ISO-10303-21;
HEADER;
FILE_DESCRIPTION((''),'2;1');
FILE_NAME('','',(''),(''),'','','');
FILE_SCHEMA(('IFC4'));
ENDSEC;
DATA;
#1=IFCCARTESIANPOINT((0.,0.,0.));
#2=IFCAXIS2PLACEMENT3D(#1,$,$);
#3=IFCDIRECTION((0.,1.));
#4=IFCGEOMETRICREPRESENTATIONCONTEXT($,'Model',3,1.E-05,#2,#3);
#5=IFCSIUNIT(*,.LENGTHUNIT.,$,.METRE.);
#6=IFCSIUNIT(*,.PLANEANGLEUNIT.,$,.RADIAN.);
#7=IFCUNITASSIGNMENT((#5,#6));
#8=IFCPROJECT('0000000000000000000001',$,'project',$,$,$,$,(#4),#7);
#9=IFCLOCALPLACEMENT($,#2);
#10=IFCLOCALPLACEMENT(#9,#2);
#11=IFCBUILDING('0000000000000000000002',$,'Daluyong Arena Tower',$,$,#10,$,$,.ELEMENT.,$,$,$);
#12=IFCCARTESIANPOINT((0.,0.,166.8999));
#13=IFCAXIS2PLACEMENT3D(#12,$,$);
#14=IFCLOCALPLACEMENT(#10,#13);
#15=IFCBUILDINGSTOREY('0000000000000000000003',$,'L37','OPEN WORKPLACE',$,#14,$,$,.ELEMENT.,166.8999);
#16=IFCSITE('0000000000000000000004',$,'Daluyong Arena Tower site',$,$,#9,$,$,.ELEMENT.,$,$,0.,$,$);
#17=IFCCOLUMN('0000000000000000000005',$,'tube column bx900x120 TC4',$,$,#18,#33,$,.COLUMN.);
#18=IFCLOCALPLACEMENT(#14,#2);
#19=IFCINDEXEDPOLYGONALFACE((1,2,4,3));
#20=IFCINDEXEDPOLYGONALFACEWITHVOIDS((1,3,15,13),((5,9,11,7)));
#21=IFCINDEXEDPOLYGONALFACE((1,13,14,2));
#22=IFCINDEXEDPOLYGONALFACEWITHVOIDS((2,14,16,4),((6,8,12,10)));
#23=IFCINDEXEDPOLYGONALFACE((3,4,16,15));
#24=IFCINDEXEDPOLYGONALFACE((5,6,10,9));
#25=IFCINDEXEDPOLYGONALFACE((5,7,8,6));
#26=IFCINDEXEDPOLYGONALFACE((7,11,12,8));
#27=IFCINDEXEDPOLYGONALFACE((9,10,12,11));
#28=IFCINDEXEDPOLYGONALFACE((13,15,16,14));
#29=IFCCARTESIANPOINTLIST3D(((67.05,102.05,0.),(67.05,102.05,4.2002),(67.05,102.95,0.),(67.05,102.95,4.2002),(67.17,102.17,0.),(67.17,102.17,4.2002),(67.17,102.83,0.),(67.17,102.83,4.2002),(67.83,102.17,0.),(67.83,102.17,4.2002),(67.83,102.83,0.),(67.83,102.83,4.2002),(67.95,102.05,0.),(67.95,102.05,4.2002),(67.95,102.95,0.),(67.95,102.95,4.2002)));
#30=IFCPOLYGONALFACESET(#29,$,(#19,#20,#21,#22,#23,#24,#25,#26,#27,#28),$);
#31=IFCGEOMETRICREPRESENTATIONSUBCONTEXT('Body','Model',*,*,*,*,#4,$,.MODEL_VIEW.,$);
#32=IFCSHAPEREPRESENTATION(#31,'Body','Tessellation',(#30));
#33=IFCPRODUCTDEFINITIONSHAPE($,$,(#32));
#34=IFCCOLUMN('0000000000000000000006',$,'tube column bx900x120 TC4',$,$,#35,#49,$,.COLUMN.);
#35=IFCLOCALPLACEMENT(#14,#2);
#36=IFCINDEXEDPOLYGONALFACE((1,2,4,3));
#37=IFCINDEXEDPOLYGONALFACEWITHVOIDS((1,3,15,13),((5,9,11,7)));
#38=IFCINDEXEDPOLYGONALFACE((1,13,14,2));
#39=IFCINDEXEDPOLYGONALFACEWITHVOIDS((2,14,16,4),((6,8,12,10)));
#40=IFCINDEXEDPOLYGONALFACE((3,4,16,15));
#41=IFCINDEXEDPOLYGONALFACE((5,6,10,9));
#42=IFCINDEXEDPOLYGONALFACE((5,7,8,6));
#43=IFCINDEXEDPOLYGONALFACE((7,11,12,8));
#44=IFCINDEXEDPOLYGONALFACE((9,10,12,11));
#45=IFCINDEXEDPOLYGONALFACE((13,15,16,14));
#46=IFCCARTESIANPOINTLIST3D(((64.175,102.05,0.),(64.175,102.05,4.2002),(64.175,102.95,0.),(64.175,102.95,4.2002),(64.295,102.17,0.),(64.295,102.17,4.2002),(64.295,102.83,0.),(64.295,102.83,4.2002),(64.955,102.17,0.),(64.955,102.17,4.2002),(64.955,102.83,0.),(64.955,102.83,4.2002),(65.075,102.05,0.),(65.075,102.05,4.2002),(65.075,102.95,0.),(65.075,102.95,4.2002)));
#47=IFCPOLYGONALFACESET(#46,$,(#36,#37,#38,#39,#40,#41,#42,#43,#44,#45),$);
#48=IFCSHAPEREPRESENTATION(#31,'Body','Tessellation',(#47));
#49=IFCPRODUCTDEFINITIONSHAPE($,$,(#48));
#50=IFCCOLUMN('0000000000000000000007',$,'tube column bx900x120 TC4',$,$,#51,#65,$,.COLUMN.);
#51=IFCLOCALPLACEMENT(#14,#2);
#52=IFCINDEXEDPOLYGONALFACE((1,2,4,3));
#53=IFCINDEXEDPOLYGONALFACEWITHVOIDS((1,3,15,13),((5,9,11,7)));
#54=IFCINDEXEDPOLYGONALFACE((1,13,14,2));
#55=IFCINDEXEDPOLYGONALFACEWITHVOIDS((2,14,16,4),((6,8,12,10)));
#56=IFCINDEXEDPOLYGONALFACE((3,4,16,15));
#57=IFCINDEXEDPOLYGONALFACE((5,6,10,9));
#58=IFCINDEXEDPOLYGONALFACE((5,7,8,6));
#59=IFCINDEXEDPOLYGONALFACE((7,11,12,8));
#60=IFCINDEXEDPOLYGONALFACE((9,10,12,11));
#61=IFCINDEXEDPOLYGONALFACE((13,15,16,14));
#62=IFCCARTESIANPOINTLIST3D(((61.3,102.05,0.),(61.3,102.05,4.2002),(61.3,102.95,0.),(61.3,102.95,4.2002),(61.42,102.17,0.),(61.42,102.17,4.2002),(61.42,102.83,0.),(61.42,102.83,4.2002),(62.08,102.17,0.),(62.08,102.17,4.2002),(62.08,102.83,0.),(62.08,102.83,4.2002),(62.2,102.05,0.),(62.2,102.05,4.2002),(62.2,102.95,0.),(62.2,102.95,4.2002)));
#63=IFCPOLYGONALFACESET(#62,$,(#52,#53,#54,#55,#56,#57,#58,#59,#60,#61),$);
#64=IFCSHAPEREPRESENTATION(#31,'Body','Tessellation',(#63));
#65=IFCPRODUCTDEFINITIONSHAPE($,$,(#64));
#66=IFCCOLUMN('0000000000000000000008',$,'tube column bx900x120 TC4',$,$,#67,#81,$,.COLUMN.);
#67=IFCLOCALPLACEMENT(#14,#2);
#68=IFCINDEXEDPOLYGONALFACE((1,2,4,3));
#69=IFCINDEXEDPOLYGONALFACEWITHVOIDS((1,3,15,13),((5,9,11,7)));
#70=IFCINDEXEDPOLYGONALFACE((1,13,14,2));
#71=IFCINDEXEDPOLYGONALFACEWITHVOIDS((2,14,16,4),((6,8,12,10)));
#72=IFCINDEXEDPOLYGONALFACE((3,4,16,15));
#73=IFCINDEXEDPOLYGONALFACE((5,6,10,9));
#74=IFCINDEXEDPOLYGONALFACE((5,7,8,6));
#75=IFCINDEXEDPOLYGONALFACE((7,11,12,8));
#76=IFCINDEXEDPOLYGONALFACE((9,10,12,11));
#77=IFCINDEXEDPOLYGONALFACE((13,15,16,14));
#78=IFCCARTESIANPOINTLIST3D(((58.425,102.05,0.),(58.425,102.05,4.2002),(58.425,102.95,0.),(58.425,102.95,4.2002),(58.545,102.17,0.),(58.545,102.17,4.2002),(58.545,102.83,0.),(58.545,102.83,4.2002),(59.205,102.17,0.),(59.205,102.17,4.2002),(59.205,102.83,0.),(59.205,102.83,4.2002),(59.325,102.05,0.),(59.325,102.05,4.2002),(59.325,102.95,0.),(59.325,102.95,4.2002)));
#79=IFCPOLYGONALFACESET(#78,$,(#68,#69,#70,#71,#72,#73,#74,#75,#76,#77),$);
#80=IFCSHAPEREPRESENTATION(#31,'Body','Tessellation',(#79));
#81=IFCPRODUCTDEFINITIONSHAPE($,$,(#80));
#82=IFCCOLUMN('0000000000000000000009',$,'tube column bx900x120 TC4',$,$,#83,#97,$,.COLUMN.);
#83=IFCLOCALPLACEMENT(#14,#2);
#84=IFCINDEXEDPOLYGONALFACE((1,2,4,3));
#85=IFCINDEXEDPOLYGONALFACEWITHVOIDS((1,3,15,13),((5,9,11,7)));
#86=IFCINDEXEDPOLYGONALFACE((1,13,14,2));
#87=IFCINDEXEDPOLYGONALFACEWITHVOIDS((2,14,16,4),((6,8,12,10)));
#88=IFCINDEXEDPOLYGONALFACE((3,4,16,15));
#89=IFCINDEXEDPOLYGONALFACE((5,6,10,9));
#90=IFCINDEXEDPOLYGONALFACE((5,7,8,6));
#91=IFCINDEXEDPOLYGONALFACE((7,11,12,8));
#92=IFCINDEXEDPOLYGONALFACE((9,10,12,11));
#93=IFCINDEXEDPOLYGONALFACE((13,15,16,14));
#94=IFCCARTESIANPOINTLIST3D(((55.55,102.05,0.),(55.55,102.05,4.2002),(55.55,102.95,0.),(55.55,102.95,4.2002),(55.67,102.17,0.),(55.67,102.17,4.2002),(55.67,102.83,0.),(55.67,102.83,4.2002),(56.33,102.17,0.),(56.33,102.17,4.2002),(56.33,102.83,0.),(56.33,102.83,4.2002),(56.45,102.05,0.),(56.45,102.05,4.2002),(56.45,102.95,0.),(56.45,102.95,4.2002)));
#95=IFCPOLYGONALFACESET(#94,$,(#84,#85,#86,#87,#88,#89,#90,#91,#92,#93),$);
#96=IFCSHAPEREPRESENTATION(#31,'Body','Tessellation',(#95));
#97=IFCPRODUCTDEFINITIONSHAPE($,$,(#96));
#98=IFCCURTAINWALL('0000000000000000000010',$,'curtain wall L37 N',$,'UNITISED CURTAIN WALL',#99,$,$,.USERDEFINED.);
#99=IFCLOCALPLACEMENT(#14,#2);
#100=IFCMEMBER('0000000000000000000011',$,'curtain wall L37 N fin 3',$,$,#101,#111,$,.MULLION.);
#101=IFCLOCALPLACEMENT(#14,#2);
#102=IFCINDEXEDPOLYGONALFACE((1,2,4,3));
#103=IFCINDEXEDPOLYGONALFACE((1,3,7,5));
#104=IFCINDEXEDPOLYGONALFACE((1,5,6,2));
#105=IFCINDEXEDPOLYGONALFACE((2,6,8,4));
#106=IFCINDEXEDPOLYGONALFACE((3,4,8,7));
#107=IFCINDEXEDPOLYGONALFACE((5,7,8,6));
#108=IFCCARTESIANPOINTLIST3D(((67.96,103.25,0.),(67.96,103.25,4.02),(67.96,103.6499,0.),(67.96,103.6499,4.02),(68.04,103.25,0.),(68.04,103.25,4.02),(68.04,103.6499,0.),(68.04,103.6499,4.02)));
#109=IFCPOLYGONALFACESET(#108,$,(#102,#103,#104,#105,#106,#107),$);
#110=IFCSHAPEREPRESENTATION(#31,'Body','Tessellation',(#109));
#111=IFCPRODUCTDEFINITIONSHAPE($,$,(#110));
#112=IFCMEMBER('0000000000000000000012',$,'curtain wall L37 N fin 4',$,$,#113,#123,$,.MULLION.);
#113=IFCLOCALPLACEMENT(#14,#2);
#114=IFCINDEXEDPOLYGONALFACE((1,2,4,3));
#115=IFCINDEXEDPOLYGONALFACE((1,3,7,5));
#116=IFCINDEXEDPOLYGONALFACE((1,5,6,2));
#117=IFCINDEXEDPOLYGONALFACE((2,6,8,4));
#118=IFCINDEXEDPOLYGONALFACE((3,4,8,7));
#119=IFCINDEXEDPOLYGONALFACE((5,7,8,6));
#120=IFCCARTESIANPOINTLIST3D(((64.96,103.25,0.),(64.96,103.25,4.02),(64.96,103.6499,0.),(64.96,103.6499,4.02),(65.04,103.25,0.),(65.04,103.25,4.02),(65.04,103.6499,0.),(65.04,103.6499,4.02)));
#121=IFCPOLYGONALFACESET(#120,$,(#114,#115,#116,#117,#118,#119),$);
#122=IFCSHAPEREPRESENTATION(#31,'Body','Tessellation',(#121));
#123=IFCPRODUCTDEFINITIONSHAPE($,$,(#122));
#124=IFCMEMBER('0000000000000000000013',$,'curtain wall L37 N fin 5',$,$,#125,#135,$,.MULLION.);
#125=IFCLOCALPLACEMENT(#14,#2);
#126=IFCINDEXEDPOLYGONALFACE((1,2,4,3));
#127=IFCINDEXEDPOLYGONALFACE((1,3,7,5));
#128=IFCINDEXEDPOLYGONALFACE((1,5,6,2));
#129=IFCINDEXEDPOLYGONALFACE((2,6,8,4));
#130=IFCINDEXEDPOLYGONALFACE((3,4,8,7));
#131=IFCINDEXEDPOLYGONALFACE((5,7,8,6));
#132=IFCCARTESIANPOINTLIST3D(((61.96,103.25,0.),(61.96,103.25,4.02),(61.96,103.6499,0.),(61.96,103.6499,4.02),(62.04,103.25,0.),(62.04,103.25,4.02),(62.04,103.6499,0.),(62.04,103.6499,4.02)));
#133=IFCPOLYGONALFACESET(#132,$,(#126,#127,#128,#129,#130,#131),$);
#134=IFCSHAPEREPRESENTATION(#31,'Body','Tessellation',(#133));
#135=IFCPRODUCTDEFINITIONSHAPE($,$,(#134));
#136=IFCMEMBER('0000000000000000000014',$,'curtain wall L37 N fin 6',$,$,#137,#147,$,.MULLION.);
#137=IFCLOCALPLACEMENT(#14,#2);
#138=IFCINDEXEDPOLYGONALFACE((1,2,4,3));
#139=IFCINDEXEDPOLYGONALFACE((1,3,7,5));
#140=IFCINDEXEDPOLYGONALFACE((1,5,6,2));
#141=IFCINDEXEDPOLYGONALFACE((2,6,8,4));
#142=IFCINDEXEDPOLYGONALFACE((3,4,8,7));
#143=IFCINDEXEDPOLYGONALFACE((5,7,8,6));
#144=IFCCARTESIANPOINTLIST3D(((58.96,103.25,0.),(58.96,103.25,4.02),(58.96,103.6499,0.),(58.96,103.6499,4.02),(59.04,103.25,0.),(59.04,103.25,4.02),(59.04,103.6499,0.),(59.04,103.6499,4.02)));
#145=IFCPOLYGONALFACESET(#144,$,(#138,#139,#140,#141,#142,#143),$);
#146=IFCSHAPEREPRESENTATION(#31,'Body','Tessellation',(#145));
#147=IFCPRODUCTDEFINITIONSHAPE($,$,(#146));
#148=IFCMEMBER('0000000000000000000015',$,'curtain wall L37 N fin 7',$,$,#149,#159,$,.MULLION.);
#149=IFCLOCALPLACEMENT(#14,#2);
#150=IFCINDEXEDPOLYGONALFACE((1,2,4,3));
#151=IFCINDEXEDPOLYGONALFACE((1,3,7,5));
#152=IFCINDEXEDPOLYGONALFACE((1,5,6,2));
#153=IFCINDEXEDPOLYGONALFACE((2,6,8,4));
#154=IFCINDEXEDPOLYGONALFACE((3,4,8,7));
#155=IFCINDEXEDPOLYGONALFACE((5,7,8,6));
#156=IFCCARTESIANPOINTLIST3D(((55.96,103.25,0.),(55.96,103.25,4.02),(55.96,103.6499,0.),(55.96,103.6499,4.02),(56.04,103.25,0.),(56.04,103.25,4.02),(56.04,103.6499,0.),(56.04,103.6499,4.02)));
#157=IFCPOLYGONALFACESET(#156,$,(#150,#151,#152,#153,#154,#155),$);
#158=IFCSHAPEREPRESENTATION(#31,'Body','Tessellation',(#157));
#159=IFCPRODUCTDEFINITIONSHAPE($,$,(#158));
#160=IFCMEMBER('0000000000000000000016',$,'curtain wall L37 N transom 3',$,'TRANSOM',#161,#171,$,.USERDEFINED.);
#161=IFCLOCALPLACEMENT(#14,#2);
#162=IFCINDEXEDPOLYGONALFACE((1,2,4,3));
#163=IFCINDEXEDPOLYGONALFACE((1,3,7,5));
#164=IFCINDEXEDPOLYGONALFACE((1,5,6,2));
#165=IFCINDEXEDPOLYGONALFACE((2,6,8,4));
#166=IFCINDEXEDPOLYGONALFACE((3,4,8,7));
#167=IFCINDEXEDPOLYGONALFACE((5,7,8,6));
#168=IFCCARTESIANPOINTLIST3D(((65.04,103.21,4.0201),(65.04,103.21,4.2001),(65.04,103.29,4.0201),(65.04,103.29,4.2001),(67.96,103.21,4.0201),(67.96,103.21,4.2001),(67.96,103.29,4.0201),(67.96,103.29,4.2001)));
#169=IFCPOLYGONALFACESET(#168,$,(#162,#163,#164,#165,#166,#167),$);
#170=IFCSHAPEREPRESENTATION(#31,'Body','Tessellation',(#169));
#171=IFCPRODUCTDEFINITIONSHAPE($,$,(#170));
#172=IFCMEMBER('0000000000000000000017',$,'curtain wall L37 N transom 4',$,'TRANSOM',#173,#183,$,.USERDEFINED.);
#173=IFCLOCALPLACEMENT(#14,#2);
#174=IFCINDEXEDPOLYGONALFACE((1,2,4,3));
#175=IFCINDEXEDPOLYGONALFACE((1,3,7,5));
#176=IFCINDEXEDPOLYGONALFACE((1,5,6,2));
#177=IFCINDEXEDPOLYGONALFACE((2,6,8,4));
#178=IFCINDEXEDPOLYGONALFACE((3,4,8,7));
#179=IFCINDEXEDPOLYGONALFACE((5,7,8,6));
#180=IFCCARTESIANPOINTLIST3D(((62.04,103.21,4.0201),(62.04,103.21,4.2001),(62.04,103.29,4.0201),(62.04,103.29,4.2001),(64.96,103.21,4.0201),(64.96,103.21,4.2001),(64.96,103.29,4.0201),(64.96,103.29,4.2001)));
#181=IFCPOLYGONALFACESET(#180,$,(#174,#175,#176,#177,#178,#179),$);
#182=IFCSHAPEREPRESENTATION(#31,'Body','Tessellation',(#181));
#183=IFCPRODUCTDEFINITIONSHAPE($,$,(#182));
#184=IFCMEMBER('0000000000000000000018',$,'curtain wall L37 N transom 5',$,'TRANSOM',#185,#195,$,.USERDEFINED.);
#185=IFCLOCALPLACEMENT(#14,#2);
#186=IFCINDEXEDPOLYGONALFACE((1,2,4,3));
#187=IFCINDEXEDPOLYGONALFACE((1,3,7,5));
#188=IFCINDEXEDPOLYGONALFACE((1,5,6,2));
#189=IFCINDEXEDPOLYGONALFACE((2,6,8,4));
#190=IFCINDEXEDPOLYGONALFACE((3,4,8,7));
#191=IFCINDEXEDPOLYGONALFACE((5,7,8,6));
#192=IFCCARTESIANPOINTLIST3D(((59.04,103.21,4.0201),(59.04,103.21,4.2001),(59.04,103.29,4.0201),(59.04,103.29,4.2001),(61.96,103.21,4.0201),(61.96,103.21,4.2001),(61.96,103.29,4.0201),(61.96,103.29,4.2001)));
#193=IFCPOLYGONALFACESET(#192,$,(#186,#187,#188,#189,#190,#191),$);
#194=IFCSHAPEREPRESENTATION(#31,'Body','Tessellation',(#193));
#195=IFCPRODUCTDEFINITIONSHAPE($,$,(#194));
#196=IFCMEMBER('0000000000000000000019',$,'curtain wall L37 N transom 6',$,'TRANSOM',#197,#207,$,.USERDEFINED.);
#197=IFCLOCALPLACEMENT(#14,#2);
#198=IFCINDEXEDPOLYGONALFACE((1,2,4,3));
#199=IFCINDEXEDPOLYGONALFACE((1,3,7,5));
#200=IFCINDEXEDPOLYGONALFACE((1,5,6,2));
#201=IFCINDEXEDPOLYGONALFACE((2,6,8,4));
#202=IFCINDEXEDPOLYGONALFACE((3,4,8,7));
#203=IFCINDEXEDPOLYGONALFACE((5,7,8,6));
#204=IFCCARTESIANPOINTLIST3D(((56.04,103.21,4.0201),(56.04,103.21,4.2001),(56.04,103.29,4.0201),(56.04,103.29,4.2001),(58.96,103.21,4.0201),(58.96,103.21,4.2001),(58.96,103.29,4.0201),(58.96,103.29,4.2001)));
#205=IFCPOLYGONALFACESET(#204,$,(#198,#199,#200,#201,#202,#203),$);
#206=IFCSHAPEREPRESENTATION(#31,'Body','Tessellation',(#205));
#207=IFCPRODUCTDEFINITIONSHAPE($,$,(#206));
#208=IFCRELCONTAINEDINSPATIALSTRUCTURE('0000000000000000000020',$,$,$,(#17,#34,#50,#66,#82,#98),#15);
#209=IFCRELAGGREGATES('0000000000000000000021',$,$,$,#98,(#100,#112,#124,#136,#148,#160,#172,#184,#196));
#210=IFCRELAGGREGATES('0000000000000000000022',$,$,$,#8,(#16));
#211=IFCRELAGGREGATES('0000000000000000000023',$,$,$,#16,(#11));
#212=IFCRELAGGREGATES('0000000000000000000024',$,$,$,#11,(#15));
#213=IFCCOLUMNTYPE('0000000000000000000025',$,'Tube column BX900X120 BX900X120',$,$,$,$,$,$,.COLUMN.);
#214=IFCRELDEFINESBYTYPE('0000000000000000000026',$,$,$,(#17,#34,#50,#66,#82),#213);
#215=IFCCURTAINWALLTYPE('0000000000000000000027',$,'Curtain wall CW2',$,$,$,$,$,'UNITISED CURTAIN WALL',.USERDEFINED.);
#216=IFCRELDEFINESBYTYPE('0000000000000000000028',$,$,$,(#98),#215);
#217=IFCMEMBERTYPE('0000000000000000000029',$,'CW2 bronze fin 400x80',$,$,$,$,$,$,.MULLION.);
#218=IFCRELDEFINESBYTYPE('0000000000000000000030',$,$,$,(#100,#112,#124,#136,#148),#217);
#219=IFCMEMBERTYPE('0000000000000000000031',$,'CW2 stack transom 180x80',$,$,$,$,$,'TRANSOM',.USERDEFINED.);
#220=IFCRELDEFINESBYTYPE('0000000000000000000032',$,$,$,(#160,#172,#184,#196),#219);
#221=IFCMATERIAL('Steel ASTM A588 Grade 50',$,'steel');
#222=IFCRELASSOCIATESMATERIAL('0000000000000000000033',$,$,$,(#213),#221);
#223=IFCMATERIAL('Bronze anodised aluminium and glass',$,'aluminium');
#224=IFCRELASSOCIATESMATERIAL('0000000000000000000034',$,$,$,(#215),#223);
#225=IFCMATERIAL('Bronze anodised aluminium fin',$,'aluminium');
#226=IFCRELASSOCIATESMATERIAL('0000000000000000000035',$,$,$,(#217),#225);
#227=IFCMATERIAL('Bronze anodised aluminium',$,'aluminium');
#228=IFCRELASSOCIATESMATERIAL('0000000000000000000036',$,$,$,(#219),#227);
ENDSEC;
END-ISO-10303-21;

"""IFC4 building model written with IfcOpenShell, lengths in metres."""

from ifc_helpers import new_model, si_unit, direction, frame, origin, origin_2d, place, context, subcontext, project, spatial, rectangle, hollow_rectangle, extrude, material, material_profile, profile_set, type_object, element, aggregate, save


model = new_model("IFC4")

# Units and contexts
model_context = context("Model", 3, precision=1e-05, world=origin(), true_north=direction((0.0, 1.0)))
body_context = subcontext(model_context, "Body", "Model", "MODEL_VIEW")
ifc_project = project(units=[si_unit("LENGTHUNIT", "METRE"), si_unit("PLANEANGLEUNIT", "RADIAN")], contexts=[model_context])

# Site, building, storey
site_placement = place(None, origin())
site = spatial("IfcSite", under=ifc_project, at=site_placement, Name="Daluyong Arena Tower site", CompositionType="ELEMENT", RefElevation=0.0)
building_placement = place(site_placement, origin())
building = spatial("IfcBuilding", under=site, at=building_placement, Name="Daluyong Arena Tower", CompositionType="ELEMENT")
storey_placement = place(building_placement, frame((0.0, 0.0, 166.8999)))
storey = spatial("IfcBuildingStorey", under=building, at=storey_placement, Name="L37", Description="OPEN WORKPLACE", CompositionType="ELEMENT", Elevation=166.8999)

# Columns
ifc_material_1 = material(Name="Steel ASTM A588 Grade 50", Category="steel")
ifc_material_profile_1 = material_profile(ifc_material_1, hollow_rectangle(XDim=0.8999, YDim=0.8999, WallThickness=0.12, at=origin_2d()))
ifc_profile_set_1 = profile_set([ifc_material_profile_1], Name="Steel ASTM A588 Grade 50")
column_type = type_object("IfcColumnType", Name="Tube column BX900X120 BX900X120", PredefinedType="COLUMN", material=ifc_profile_set_1)
for number, where, z_axis, x_axis, name in (
    (1, (67.5, 102.5, 0.0), (0.0, 0.0, 1.0), (1.0, 0.0, 0.0), "tube column bx900x120 TC4"),
    (2, (64.625, 102.5, 0.0), (0.0, 0.0, 1.0), (1.0, 0.0, 0.0), "tube column bx900x120 TC4"),
    (3, (61.75, 102.5, 0.0), (0.0, 0.0, 1.0), (1.0, 0.0, 0.0), "tube column bx900x120 TC4"),
    (4, (58.875, 102.5, 0.0), (0.0, 0.0, 1.0), (1.0, 0.0, 0.0), "tube column bx900x120 TC4"),
    (5, (56.0, 102.5, 0.0), (0.0, 0.0, 1.0), (1.0, 0.0, 0.0), "tube column bx900x120 TC4"),
):
    element("IfcColumn", number, at=place(storey_placement, frame(where, z_axis=z_axis, x_axis=x_axis)), inside=storey, type_object=column_type, Name=name, PredefinedType="COLUMN", context=body_context, shape_type="SweptSolid", body=[
        extrude(hollow_rectangle(XDim=0.8999, YDim=0.8999, WallThickness=0.12, at=origin_2d()), origin(), (0.0, 0.0, 1.0), 4.2002),
    ])

# Curtain wall, members
ifc_material_2 = material(Name="Bronze anodised aluminium and glass", Category="aluminium")
curtain_wall_type = type_object("IfcCurtainWallType", Name="Curtain wall CW2", ElementType="UNITISED CURTAIN WALL", PredefinedType="USERDEFINED", material=ifc_material_2)
curtain_wall_placement = place(storey_placement, origin())
curtain_wall = element("IfcCurtainWall", 6, at=curtain_wall_placement, inside=storey, type_object=curtain_wall_type, Name="curtain wall L37 N", ObjectType="UNITISED CURTAIN WALL", PredefinedType="USERDEFINED")
ifc_material_3 = material(Name="Bronze anodised aluminium fin", Category="aluminium")
ifc_material_profile_2 = material_profile(ifc_material_3, rectangle(XDim=0.3999, YDim=0.0801, at=origin_2d()))
ifc_profile_set_2 = profile_set([ifc_material_profile_2], Name="Bronze anodised aluminium fin")
member_type_1 = type_object("IfcMemberType", Name="CW2 bronze fin 400x80", PredefinedType="MULLION", material=ifc_profile_set_2)
member_1_placement = place(storey_placement, frame((68.0, 103.45, 0.0), z_axis=(0.0, 0.0, 1.0), x_axis=(0.0, -1.0, 0.0)))
member_1 = element("IfcMember", 7, at=member_1_placement, type_object=member_type_1, Name="curtain wall L37 N fin 3", PredefinedType="MULLION", context=body_context, shape_type="SweptSolid", body=[
    extrude(rectangle(XDim=0.3999, YDim=0.0801, at=origin_2d()), origin(), (0.0, 0.0, 1.0), 4.02),
])
member_2_placement = place(storey_placement, frame((65.0, 103.45, 0.0), z_axis=(0.0, 0.0, 1.0), x_axis=(0.0, -1.0, 0.0)))
member_2 = element("IfcMember", 8, at=member_2_placement, type_object=member_type_1, Name="curtain wall L37 N fin 4", PredefinedType="MULLION", context=body_context, shape_type="SweptSolid", body=[
    extrude(rectangle(XDim=0.3999, YDim=0.0801, at=origin_2d()), origin(), (0.0, 0.0, 1.0), 4.02),
])
member_3_placement = place(storey_placement, frame((62.0, 103.45, 0.0), z_axis=(0.0, 0.0, 1.0), x_axis=(0.0, -1.0, 0.0)))
member_3 = element("IfcMember", 9, at=member_3_placement, type_object=member_type_1, Name="curtain wall L37 N fin 5", PredefinedType="MULLION", context=body_context, shape_type="SweptSolid", body=[
    extrude(rectangle(XDim=0.3999, YDim=0.0801, at=origin_2d()), origin(), (0.0, 0.0, 1.0), 4.02),
])
member_4_placement = place(storey_placement, frame((59.0, 103.45, 0.0), z_axis=(0.0, 0.0, 1.0), x_axis=(0.0, -1.0, 0.0)))
member_4 = element("IfcMember", 10, at=member_4_placement, type_object=member_type_1, Name="curtain wall L37 N fin 6", PredefinedType="MULLION", context=body_context, shape_type="SweptSolid", body=[
    extrude(rectangle(XDim=0.3999, YDim=0.0801, at=origin_2d()), origin(), (0.0, 0.0, 1.0), 4.02),
])
member_5_placement = place(storey_placement, frame((56.0, 103.45, 0.0), z_axis=(0.0, 0.0, 1.0), x_axis=(0.0, -1.0, 0.0)))
member_5 = element("IfcMember", 11, at=member_5_placement, type_object=member_type_1, Name="curtain wall L37 N fin 7", PredefinedType="MULLION", context=body_context, shape_type="SweptSolid", body=[
    extrude(rectangle(XDim=0.3999, YDim=0.0801, at=origin_2d()), origin(), (0.0, 0.0, 1.0), 4.02),
])
ifc_material_4 = material(Name="Bronze anodised aluminium", Category="aluminium")
ifc_material_profile_3 = material_profile(ifc_material_4, rectangle(XDim=0.0801, YDim=0.1799, at=origin_2d()))
ifc_profile_set_3 = profile_set([ifc_material_profile_3], Name="Bronze anodised aluminium")
member_type_2 = type_object("IfcMemberType", Name="CW2 stack transom 180x80", ElementType="TRANSOM", PredefinedType="USERDEFINED", material=ifc_profile_set_3)
member_6_placement = place(storey_placement, frame((67.96, 103.25, 4.1101), z_axis=(-1.0, 0.0, 0.0), x_axis=(0.0, -1.0, 0.0)))
member_6 = element("IfcMember", 12, at=member_6_placement, type_object=member_type_2, Name="curtain wall L37 N transom 3", ObjectType="TRANSOM", PredefinedType="USERDEFINED", context=body_context, shape_type="SweptSolid", body=[
    extrude(rectangle(XDim=0.0801, YDim=0.1799, at=origin_2d()), origin(), (0.0, 0.0, 1.0), 2.9199),
])
member_7_placement = place(storey_placement, frame((64.96, 103.25, 4.1101), z_axis=(-1.0, 0.0, 0.0), x_axis=(0.0, -1.0, 0.0)))
member_7 = element("IfcMember", 13, at=member_7_placement, type_object=member_type_2, Name="curtain wall L37 N transom 4", ObjectType="TRANSOM", PredefinedType="USERDEFINED", context=body_context, shape_type="SweptSolid", body=[
    extrude(rectangle(XDim=0.0801, YDim=0.1799, at=origin_2d()), origin(), (0.0, 0.0, 1.0), 2.9199),
])
member_8_placement = place(storey_placement, frame((61.96, 103.25, 4.1101), z_axis=(-1.0, 0.0, 0.0), x_axis=(0.0, -1.0, 0.0)))
member_8 = element("IfcMember", 14, at=member_8_placement, type_object=member_type_2, Name="curtain wall L37 N transom 5", ObjectType="TRANSOM", PredefinedType="USERDEFINED", context=body_context, shape_type="SweptSolid", body=[
    extrude(rectangle(XDim=0.0801, YDim=0.1799, at=origin_2d()), origin(), (0.0, 0.0, 1.0), 2.9199),
])
member_9_placement = place(storey_placement, frame((58.96, 103.25, 4.1101), z_axis=(-1.0, 0.0, 0.0), x_axis=(0.0, -1.0, 0.0)))
member_9 = element("IfcMember", 15, at=member_9_placement, type_object=member_type_2, Name="curtain wall L37 N transom 6", ObjectType="TRANSOM", PredefinedType="USERDEFINED", context=body_context, shape_type="SweptSolid", body=[
    extrude(rectangle(XDim=0.0801, YDim=0.1799, at=origin_2d()), origin(), (0.0, 0.0, 1.0), 2.9199),
])

aggregate(curtain_wall, [member_1, member_2, member_3, member_4, member_5, member_6, member_7, member_8, member_9])

save(model, "model.ifc")
